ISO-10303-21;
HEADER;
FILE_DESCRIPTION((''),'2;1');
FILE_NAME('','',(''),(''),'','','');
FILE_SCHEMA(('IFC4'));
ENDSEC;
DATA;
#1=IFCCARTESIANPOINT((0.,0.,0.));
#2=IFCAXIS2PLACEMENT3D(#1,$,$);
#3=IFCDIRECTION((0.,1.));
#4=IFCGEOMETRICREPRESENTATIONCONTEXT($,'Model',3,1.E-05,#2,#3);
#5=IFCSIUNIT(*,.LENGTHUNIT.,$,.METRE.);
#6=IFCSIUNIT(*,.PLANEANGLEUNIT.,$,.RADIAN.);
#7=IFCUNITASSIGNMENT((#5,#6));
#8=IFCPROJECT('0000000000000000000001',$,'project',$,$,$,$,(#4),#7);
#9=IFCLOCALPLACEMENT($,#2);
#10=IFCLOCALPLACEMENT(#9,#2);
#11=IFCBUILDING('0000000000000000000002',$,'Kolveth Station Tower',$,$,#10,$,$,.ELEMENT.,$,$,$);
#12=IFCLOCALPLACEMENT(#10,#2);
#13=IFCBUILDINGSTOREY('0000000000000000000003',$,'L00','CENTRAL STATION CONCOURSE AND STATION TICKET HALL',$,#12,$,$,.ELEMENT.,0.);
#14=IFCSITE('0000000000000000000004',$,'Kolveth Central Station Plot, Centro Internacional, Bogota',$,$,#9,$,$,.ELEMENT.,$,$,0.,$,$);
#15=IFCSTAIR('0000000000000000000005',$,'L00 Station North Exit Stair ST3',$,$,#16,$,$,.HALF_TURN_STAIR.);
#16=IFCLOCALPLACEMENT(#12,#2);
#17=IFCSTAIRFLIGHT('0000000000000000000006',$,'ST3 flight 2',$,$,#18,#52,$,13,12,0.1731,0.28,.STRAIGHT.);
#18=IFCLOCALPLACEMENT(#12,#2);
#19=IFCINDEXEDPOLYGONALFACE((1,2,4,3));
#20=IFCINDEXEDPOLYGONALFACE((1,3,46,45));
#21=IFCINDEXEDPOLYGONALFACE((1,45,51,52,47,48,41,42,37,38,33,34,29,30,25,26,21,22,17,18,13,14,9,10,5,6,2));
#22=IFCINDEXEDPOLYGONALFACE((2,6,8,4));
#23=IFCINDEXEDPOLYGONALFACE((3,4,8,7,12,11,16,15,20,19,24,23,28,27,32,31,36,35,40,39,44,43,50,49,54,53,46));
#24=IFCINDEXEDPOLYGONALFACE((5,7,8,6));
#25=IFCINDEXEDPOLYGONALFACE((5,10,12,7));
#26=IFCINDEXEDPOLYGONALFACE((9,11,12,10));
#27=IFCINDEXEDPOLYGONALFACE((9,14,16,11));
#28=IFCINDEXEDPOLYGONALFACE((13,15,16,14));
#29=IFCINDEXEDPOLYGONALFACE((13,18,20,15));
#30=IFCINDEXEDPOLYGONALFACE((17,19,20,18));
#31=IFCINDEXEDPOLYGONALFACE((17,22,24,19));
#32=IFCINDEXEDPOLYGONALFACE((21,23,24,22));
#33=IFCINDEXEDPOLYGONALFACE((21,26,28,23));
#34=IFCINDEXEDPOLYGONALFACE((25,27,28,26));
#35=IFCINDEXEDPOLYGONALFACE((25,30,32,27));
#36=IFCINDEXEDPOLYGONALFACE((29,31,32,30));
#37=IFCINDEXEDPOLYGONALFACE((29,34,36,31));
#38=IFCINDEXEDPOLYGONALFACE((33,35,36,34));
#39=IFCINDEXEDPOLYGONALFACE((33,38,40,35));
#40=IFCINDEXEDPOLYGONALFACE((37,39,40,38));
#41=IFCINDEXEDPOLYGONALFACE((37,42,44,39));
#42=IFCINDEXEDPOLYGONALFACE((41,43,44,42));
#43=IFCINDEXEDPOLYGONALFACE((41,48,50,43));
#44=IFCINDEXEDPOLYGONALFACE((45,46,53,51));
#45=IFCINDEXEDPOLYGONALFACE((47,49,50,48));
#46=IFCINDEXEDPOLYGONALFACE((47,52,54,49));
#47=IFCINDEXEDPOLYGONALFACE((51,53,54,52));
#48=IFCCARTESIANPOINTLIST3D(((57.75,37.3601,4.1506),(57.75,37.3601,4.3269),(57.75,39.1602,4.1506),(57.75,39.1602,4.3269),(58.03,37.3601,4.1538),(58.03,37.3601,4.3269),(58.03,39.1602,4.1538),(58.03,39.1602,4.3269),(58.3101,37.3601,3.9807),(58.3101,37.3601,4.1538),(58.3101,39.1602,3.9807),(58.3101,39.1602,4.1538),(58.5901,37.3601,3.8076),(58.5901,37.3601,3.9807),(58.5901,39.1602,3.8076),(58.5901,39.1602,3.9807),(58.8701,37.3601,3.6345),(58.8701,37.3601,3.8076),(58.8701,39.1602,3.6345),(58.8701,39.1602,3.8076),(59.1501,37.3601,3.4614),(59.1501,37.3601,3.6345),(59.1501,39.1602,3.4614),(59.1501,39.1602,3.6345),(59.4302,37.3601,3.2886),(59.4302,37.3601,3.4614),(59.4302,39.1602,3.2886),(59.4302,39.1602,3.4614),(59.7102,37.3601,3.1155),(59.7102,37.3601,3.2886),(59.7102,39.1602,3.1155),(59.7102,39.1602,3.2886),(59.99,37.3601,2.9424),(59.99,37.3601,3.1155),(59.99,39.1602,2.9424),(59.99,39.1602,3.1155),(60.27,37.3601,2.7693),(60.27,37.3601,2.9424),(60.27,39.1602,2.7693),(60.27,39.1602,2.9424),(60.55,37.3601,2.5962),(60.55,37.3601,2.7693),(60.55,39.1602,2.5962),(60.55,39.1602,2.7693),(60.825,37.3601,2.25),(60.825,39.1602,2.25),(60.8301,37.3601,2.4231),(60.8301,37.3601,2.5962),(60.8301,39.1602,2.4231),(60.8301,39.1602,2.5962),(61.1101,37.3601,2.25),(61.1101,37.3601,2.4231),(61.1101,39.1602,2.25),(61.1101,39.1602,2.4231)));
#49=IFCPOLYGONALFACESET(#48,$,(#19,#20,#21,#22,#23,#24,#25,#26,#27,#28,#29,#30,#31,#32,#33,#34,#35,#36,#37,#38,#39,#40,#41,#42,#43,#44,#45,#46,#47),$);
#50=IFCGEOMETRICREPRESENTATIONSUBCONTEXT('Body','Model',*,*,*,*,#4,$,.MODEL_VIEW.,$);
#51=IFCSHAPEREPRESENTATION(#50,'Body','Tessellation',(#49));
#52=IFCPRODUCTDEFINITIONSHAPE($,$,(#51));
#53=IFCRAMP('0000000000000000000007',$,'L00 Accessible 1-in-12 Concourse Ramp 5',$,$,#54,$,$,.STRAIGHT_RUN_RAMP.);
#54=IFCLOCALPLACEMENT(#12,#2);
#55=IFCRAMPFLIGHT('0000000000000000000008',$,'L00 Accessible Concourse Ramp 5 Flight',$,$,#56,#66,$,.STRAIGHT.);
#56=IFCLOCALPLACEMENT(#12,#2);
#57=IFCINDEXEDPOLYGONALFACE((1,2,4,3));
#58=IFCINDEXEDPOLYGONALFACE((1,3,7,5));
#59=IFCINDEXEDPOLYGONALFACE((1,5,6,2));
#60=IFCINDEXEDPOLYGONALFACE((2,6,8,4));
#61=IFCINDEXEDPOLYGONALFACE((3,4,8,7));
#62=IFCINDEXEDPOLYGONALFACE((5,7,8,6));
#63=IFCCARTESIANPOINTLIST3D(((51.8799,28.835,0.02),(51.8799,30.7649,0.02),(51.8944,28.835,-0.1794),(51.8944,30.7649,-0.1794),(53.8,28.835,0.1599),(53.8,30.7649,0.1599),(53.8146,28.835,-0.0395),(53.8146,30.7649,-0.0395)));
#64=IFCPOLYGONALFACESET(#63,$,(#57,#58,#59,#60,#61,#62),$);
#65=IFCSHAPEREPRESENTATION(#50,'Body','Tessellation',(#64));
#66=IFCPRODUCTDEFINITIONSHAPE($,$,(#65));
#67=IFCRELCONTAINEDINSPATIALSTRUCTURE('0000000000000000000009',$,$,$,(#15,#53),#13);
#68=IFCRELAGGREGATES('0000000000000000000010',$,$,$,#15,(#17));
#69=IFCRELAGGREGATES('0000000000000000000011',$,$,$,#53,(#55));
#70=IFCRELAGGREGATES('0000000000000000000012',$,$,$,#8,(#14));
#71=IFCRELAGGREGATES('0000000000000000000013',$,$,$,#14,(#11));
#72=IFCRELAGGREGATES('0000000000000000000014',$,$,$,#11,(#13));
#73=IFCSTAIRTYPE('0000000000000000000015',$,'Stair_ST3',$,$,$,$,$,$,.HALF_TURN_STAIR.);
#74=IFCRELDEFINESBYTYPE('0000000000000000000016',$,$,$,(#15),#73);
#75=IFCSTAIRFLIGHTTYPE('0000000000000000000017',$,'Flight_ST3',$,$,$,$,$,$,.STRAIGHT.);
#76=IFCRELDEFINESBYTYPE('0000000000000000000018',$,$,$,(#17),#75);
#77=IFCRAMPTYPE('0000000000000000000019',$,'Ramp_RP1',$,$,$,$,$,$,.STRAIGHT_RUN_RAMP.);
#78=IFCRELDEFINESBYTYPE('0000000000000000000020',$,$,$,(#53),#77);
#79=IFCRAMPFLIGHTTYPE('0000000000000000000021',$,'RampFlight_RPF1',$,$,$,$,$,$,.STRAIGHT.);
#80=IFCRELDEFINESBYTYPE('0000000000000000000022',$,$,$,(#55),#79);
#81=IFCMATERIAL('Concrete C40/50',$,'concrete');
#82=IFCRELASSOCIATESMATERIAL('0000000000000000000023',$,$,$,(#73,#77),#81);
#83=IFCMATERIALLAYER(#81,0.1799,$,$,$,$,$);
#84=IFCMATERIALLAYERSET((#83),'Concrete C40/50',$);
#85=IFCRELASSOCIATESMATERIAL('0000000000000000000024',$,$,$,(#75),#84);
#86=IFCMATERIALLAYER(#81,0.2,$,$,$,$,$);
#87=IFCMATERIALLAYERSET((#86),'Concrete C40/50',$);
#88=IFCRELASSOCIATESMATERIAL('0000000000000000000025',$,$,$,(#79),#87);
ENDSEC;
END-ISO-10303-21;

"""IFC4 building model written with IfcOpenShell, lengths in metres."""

from ifc_helpers import new_model, si_unit, direction, frame, origin, place, context, subcontext, project, spatial, polyline, outline, extrude, material, layer, layer_set, type_object, element, aggregate, save


model = new_model("IFC4")

# Units and contexts
model_context = context("Model", 3, precision=1e-05, world=origin(), true_north=direction((0.0, 1.0)))
body_context = subcontext(model_context, "Body", "Model", "MODEL_VIEW")
ifc_project = project(units=[si_unit("LENGTHUNIT", "METRE"), si_unit("PLANEANGLEUNIT", "RADIAN")], contexts=[model_context])

# Site, building, storey
site_placement = place(None, origin())
site = spatial("IfcSite", under=ifc_project, at=site_placement, Name="Kolveth Central Station Plot, Centro Internacional, Bogota", CompositionType="ELEMENT", RefElevation=0.0)
building_placement = place(site_placement, origin())
building = spatial("IfcBuilding", under=site, at=building_placement, Name="Kolveth Station Tower", CompositionType="ELEMENT")
storey_placement = place(building_placement, origin())
storey = spatial("IfcBuildingStorey", under=building, at=storey_placement, Name="L00", Description="CENTRAL STATION CONCOURSE AND STATION TICKET HALL", CompositionType="ELEMENT", Elevation=0.0)

# Shared definitions
ifc_material_1 = material(Name="Concrete C40/50", Category="concrete")

# Stair, stair flight
stair_type = type_object("IfcStairType", Name="Stair_ST3", PredefinedType="HALF_TURN_STAIR", material=ifc_material_1)
stair_placement = place(storey_placement, origin())
stair = element("IfcStair", 1, at=stair_placement, inside=storey, type_object=stair_type, Name="L00 Station North Exit Stair ST3", PredefinedType="HALF_TURN_STAIR")
ifc_layer_1 = layer(ifc_material_1, 0.1799)
ifc_layer_set_1 = layer_set([ifc_layer_1], Name="Concrete C40/50")
stair_flight_type = type_object("IfcStairFlightType", Name="Flight_ST3", PredefinedType="STRAIGHT", material=ifc_layer_set_1)
stair_flight_1_placement = place(storey_placement, frame((61.1101, 38.26, 2.25), z_axis=(0.0, 0.0, 1.0), x_axis=(-1.0, 0.0, 0.0)))
stair_flight_1 = element("IfcStairFlight", 2, at=stair_flight_1_placement, type_object=stair_flight_type, Name="ST3 flight 2", NumberOfRisers=13, NumberOfTreads=12, PredefinedType="STRAIGHT", RiserHeight=0.1731, TreadLength=0.28, context=body_context, shape_type="SweptSolid", body=[
    extrude(outline(polyline([(0.0, 0.0), (0.0, 0.1731), (0.28, 0.1731), (0.28, 0.3462), (0.5601, 0.3462), (0.5601, 0.5193), (0.8401, 0.5193), (0.8401, 0.6924), (1.1201, 0.6924), (1.1201, 0.8655), (1.3999, 0.8655), (1.3999, 1.0386), (1.6799, 1.0386), (1.6799, 1.2114), (1.96, 1.2114), (1.96, 1.3845), (2.24, 1.3845), (2.24, 1.5576), (2.52, 1.5576), (2.52, 1.7307), (2.8, 1.7307), (2.8, 1.9038), (3.0801, 1.9038), (3.0801, 2.0769), (3.3601, 2.0769), (3.3601, 2.25), (3.3601, 1.9006), (0.2852, 0.0), (0.0, 0.0)])), frame((0.0, 0.8999, 0.0), z_axis=(0.0, -1.0, 0.0), x_axis=(1.0, 0.0, 0.0)), (0.0, 0.0, 1.0), 1.8),
])
aggregate(stair, [stair_flight_1])

# Ramp, ramp flight
ramp_type = type_object("IfcRampType", Name="Ramp_RP1", PredefinedType="STRAIGHT_RUN_RAMP", material=ifc_material_1)
ramp_placement = place(storey_placement, origin())
ramp = element("IfcRamp", 3, at=ramp_placement, inside=storey, type_object=ramp_type, Name="L00 Accessible 1-in-12 Concourse Ramp 5", PredefinedType="STRAIGHT_RUN_RAMP")
ifc_layer_2 = layer(ifc_material_1, 0.2)
ifc_layer_set_2 = layer_set([ifc_layer_2], Name="Concrete C40/50")
ramp_flight_type = type_object("IfcRampFlightType", Name="RampFlight_RPF1", PredefinedType="STRAIGHT", material=ifc_layer_set_2)
ramp_flight_placement = place(storey_placement, frame((51.8799, 28.835, 0.02), z_axis=(-0.072662, 0.0, 0.997357), x_axis=(0.997357, 0.0, 0.072662)))
ramp_flight = element("IfcRampFlight", 4, at=ramp_flight_placement, type_object=ramp_flight_type, Name="L00 Accessible Concourse Ramp 5 Flight", PredefinedType="STRAIGHT", context=body_context, shape_type="SweptSolid", body=[
    extrude(outline(polyline([(0.0, 0.0), (1.9253, 0.0), (1.9253, 1.9299), (0.0, 1.9299), (0.0, 0.0)])), origin(), (0.0, 0.0, -1.0), 0.2),
])
aggregate(ramp, [ramp_flight])

save(model, "model.ifc")
